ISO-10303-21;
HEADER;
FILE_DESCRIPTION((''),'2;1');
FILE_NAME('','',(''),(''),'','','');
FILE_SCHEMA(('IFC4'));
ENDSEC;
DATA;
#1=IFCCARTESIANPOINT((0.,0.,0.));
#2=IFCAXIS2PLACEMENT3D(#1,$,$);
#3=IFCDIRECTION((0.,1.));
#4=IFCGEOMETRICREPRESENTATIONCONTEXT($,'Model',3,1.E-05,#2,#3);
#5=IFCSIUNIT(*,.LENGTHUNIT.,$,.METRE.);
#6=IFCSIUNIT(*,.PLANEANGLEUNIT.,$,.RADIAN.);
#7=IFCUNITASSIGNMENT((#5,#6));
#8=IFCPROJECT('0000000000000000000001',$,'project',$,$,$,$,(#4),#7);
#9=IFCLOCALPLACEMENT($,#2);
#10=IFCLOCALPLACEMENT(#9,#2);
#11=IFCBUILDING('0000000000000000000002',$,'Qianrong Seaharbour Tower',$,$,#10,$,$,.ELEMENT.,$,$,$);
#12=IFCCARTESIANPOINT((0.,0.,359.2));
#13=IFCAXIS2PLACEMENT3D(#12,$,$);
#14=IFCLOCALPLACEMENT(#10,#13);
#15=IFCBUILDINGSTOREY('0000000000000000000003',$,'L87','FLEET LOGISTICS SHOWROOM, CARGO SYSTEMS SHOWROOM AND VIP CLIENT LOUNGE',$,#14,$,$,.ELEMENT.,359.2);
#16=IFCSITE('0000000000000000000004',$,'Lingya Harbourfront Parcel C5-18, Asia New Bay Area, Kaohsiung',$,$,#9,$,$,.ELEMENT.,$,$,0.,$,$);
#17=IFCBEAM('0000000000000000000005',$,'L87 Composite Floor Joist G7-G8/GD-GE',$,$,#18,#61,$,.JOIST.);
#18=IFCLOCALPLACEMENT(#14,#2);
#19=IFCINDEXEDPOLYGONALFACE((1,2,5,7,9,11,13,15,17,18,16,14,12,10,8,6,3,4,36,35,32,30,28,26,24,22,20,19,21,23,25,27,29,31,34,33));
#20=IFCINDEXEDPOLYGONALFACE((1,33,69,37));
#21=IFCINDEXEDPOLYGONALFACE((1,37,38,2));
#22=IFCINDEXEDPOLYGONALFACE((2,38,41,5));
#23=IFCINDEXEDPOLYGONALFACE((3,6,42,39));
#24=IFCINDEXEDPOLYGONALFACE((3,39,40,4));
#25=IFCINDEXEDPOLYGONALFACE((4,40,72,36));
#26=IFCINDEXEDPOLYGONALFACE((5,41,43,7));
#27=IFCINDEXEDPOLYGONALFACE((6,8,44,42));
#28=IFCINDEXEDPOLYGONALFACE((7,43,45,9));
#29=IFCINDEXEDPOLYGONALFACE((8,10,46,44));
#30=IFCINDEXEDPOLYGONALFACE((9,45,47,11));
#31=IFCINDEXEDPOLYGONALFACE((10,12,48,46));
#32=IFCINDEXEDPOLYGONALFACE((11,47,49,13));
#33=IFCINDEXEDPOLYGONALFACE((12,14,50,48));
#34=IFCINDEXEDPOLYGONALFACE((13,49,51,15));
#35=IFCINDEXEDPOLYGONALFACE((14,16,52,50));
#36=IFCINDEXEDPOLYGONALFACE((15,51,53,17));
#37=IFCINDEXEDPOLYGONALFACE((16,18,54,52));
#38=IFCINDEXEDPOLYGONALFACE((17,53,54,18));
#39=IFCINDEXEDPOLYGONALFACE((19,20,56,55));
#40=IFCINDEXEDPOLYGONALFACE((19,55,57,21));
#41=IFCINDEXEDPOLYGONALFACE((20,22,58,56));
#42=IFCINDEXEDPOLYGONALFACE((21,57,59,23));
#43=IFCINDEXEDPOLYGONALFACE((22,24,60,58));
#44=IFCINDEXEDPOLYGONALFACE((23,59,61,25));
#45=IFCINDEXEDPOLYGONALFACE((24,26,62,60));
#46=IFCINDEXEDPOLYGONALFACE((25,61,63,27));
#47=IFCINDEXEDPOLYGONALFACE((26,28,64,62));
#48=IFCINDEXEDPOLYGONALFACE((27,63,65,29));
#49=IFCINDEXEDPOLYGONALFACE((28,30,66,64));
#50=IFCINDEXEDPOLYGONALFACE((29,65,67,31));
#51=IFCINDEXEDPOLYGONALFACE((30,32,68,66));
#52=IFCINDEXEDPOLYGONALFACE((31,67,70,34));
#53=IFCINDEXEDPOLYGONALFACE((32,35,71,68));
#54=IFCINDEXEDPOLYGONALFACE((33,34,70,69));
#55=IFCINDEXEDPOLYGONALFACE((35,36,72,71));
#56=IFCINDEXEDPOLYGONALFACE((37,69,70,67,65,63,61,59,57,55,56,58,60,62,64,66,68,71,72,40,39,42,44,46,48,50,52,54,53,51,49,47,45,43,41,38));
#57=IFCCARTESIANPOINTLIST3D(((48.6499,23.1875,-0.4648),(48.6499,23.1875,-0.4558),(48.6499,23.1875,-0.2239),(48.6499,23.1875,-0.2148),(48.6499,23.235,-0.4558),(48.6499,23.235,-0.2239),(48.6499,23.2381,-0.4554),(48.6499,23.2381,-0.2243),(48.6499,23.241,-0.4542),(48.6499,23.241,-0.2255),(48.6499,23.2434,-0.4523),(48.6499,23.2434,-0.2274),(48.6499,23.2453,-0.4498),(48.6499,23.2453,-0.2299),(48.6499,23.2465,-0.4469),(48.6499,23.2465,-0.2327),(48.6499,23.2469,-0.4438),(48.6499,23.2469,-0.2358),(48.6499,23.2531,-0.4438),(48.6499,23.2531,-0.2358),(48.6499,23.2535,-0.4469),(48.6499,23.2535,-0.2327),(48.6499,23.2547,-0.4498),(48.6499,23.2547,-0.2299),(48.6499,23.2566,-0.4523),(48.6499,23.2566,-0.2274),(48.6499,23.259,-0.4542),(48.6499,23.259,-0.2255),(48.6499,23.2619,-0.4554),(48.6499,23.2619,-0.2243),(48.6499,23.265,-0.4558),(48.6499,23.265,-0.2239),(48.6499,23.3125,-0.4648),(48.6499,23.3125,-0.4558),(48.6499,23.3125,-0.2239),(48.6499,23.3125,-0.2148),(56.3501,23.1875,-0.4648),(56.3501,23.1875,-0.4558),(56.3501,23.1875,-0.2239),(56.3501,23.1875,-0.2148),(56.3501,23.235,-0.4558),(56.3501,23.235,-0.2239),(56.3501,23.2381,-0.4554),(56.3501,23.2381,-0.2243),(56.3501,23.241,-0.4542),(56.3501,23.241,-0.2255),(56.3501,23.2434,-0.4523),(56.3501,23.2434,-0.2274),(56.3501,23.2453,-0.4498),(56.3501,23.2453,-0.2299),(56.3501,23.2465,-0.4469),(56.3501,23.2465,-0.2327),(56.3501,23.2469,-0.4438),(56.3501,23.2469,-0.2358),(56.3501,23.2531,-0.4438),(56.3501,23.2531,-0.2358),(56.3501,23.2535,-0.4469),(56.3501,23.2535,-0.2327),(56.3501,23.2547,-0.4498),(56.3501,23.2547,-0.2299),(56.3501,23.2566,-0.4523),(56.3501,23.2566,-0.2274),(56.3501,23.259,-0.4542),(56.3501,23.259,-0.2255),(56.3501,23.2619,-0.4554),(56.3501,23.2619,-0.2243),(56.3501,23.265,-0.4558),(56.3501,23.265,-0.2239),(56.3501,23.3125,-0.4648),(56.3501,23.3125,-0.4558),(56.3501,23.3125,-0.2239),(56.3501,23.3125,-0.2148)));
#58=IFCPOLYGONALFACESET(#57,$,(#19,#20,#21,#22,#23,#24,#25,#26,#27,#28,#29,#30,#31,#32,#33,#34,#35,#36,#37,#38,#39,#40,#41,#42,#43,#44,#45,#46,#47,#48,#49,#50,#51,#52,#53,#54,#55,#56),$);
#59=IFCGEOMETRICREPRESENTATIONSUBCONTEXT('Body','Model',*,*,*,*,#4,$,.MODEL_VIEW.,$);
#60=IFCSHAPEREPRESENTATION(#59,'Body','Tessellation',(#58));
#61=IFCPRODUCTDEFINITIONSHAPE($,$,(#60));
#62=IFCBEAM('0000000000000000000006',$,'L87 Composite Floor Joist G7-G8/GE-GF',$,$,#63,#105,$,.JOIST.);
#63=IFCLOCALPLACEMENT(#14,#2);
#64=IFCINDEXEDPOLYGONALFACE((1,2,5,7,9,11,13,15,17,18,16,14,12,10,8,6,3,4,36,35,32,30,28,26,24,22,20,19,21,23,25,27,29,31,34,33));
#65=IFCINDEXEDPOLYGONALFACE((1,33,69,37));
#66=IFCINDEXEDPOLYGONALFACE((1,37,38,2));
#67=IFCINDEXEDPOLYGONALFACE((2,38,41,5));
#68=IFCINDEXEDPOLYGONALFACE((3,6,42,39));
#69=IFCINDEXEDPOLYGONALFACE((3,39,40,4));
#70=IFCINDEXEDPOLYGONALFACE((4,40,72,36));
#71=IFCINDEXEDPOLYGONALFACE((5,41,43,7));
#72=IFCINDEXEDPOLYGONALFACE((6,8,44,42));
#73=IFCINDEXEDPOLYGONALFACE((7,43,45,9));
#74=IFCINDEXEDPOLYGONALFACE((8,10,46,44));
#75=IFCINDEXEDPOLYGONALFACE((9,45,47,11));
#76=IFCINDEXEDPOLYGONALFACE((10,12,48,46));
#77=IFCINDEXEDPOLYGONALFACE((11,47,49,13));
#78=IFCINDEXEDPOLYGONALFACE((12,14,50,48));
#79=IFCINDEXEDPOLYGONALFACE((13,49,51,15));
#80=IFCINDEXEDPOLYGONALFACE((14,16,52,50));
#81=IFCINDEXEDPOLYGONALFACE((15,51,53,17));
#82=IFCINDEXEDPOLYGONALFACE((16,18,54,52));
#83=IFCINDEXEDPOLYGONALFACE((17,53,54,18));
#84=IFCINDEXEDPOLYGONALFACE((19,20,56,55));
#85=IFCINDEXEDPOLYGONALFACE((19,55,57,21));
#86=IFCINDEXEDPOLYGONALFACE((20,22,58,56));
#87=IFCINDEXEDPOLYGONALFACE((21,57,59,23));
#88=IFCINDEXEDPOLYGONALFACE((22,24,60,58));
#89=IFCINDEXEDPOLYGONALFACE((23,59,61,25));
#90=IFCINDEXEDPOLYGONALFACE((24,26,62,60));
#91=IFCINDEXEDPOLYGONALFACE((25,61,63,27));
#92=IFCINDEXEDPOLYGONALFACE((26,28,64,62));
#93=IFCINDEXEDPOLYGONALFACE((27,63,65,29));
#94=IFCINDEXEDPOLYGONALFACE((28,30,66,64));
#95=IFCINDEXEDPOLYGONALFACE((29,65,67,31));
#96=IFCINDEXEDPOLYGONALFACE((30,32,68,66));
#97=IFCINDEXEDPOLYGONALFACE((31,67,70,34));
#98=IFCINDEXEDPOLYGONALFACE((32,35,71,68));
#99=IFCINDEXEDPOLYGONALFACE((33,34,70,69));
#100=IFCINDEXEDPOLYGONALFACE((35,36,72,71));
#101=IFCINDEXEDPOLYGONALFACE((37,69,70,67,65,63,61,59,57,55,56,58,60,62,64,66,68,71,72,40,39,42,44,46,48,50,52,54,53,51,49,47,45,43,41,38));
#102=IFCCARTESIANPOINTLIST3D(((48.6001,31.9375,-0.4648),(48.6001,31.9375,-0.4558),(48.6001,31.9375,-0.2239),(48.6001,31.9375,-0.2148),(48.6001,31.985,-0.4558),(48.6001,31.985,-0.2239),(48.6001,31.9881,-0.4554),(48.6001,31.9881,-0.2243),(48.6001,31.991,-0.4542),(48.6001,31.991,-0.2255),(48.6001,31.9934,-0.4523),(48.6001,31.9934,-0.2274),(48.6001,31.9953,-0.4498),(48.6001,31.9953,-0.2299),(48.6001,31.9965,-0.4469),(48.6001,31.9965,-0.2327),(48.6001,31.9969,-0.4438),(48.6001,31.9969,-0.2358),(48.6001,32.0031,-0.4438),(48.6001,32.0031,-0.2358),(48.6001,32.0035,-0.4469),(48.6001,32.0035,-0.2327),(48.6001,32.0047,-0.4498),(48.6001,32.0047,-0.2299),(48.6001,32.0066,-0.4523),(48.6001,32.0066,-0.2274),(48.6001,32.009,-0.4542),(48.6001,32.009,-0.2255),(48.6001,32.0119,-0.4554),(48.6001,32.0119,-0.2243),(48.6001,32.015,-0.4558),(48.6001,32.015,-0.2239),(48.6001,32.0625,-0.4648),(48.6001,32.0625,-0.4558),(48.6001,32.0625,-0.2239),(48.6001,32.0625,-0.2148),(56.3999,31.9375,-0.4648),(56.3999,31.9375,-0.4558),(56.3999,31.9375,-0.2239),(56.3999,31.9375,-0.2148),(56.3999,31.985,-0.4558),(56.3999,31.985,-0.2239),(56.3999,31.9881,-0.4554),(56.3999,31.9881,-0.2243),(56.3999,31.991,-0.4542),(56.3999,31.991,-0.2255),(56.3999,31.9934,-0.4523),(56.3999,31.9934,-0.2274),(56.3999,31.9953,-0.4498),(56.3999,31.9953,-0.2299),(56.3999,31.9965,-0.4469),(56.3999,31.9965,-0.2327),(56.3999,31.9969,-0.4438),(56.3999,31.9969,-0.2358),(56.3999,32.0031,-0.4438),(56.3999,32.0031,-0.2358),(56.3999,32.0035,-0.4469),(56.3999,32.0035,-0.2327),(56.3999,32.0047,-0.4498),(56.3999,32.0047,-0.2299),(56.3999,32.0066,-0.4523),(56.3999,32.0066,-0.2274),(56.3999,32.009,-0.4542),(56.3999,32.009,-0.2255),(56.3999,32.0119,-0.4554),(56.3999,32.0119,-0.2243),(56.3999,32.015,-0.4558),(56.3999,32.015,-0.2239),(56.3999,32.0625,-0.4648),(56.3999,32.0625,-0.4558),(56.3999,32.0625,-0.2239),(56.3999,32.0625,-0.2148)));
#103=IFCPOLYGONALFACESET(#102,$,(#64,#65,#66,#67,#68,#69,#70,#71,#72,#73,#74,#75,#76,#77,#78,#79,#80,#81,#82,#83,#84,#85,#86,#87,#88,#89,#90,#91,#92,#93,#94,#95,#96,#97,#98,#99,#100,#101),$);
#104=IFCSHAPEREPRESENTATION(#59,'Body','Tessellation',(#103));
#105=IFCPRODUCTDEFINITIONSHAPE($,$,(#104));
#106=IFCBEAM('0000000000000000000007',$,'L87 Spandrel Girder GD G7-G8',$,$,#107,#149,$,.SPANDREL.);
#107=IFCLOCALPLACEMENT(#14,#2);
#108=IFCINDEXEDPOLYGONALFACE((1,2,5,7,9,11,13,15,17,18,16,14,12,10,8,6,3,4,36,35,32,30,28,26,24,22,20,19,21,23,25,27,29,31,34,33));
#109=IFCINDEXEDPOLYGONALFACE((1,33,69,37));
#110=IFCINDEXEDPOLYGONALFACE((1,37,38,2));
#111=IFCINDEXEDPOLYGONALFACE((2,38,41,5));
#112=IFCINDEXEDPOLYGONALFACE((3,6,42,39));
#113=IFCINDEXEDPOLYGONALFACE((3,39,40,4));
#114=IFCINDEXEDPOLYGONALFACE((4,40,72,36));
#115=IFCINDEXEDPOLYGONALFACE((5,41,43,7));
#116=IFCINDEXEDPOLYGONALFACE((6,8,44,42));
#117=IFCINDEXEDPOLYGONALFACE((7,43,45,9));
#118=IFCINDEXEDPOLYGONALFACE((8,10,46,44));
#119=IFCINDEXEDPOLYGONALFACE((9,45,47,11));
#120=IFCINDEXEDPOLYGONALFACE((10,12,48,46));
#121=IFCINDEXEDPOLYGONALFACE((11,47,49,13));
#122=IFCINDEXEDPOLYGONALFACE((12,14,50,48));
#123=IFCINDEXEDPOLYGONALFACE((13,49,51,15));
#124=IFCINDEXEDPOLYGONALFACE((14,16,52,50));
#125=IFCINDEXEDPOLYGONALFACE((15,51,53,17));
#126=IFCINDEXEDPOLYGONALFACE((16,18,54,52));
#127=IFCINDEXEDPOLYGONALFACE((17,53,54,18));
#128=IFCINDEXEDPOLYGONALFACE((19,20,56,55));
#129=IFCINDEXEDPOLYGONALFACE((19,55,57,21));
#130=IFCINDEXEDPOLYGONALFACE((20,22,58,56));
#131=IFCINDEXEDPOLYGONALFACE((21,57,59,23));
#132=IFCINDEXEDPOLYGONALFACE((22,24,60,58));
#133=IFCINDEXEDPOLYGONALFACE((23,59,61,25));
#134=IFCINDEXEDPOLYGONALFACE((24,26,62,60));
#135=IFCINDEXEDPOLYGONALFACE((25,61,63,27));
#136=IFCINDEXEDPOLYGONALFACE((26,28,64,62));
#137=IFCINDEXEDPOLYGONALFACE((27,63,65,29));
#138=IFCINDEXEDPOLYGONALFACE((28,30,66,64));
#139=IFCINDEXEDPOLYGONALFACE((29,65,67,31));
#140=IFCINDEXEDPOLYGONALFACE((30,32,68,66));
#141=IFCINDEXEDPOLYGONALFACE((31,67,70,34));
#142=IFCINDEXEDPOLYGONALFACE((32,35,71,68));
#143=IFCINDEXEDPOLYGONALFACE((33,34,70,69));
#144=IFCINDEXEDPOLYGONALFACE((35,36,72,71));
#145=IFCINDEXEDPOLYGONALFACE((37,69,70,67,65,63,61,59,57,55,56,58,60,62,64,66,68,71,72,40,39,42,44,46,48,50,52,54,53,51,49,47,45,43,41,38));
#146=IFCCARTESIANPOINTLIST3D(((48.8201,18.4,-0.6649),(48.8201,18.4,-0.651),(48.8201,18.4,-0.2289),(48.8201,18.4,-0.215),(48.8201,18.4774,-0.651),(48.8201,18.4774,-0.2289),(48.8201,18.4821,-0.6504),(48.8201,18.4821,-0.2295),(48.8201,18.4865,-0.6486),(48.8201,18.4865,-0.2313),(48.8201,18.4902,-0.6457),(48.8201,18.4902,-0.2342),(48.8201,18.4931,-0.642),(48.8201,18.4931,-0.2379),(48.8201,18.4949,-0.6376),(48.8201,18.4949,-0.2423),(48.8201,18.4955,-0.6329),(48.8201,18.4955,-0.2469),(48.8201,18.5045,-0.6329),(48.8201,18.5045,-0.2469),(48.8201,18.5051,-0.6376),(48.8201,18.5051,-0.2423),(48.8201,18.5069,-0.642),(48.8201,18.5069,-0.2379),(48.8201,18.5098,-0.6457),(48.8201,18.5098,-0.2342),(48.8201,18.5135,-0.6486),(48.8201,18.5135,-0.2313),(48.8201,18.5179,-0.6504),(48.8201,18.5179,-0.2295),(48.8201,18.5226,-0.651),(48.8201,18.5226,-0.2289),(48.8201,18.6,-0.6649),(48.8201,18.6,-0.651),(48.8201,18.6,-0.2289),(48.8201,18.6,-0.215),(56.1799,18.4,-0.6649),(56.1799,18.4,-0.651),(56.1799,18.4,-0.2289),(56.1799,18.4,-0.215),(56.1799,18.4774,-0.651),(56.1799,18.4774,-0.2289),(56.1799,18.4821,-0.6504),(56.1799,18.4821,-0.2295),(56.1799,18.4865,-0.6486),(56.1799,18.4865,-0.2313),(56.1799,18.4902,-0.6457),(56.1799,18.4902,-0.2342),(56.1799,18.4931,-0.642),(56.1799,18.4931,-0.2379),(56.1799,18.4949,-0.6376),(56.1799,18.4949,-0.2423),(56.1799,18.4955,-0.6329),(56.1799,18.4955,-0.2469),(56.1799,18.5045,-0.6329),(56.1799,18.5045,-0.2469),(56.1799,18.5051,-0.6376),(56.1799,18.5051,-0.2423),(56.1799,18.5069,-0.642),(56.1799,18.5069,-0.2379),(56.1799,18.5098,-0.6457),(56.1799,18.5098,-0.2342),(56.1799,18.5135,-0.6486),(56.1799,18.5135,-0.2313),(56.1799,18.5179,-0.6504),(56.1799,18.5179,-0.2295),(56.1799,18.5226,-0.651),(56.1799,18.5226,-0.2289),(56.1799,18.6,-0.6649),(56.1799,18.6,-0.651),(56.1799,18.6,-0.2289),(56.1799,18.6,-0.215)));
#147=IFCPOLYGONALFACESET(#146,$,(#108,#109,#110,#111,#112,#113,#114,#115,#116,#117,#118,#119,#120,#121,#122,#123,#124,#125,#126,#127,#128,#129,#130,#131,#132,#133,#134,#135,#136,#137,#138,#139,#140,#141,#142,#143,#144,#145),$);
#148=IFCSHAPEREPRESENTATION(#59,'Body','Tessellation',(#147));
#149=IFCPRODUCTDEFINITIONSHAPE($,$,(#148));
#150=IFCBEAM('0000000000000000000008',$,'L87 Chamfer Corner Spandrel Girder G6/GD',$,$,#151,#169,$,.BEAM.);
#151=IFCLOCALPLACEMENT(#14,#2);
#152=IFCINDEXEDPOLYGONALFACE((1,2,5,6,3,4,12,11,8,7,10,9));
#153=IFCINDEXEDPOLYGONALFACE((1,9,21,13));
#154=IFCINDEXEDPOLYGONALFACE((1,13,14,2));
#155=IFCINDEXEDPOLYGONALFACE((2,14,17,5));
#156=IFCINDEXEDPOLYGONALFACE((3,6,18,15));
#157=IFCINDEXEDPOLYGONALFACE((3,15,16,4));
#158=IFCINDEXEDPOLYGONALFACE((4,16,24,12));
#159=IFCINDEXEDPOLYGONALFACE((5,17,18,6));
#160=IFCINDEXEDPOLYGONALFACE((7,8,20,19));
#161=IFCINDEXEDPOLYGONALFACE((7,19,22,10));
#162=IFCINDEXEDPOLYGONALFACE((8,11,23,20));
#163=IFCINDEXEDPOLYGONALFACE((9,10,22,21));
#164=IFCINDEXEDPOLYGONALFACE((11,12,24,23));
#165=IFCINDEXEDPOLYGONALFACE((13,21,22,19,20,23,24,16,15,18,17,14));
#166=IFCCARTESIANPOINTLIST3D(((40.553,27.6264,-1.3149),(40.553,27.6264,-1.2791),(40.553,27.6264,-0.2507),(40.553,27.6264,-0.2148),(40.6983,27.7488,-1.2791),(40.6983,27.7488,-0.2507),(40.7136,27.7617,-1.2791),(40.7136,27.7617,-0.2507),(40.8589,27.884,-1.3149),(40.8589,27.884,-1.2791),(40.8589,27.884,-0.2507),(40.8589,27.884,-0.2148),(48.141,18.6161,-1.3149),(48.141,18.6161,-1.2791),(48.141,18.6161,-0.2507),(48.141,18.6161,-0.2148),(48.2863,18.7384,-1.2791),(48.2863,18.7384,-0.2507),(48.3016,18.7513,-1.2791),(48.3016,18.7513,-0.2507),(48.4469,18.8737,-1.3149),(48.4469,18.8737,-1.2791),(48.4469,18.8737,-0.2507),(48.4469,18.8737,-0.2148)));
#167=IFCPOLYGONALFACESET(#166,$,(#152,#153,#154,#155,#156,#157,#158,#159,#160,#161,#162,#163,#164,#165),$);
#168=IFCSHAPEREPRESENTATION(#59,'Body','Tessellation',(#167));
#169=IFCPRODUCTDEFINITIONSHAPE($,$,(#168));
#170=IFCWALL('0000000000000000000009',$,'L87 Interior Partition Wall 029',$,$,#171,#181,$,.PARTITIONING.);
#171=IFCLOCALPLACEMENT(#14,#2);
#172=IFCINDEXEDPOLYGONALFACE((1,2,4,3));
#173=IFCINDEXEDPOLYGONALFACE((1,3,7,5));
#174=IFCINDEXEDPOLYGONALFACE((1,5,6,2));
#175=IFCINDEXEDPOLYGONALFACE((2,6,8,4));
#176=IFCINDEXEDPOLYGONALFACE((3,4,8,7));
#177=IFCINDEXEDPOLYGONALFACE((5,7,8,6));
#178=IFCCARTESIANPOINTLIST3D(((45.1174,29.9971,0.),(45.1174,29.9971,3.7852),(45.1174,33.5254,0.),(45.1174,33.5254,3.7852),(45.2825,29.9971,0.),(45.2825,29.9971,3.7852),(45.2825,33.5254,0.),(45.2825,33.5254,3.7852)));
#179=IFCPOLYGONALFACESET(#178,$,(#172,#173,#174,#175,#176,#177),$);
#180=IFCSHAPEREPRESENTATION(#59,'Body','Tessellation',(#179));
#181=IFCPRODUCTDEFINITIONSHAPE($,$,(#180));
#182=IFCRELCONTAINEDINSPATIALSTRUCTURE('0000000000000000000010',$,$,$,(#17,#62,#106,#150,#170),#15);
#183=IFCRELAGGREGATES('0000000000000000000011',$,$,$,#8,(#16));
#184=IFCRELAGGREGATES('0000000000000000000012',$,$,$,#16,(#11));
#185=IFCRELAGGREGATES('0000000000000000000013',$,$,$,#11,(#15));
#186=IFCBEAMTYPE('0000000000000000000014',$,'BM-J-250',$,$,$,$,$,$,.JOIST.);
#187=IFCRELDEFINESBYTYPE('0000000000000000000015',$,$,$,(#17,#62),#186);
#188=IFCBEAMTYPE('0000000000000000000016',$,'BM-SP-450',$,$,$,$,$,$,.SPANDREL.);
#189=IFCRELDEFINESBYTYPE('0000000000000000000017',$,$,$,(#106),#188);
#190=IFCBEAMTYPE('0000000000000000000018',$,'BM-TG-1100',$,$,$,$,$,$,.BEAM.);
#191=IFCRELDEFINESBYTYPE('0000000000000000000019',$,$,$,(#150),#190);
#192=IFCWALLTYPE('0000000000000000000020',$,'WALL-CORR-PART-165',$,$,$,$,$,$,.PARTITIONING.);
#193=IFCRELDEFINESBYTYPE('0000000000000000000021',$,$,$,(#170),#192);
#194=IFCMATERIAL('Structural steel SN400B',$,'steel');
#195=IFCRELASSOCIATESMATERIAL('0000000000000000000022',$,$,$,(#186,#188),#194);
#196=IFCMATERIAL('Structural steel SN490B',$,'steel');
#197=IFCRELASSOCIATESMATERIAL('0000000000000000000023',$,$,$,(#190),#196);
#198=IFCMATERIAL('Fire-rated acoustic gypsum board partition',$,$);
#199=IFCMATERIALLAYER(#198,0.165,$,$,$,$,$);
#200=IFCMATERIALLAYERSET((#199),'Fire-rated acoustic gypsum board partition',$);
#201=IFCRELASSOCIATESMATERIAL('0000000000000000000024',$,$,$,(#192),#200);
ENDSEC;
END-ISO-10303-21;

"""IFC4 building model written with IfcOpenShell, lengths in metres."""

from ifc_helpers import new_model, si_unit, direction, frame, frame_2d, origin, origin_2d, place, context, subcontext, project, spatial, rectangle, i_section, extrude, material, layer, layer_set, material_profile, profile_set, type_object, element, save


model = new_model("IFC4")

# Units and contexts
model_context = context("Model", 3, precision=1e-05, world=origin(), true_north=direction((0.0, 1.0)))
body_context = subcontext(model_context, "Body", "Model", "MODEL_VIEW")
ifc_project = project(units=[si_unit("LENGTHUNIT", "METRE"), si_unit("PLANEANGLEUNIT", "RADIAN")], contexts=[model_context])

# Site, building, storey
site_placement = place(None, origin())
site = spatial("IfcSite", under=ifc_project, at=site_placement, Name="Lingya Harbourfront Parcel C5-18, Asia New Bay Area, Kaohsiung", CompositionType="ELEMENT", RefElevation=0.0)
building_placement = place(site_placement, origin())
building = spatial("IfcBuilding", under=site, at=building_placement, Name="Qianrong Seaharbour Tower", CompositionType="ELEMENT")
storey_placement = place(building_placement, frame((0.0, 0.0, 359.2)))
storey = spatial("IfcBuildingStorey", under=building, at=storey_placement, Name="L87", Description="FLEET LOGISTICS SHOWROOM, CARGO SYSTEMS SHOWROOM AND VIP CLIENT LOUNGE", CompositionType="ELEMENT", Elevation=359.2)

# Shared definitions
ifc_material_1 = material(Name="Structural steel SN400B", Category="steel")

# Beams
ifc_material_2 = material(Name="Structural steel SN490B", Category="steel")
ifc_material_profile_1 = material_profile(ifc_material_1, i_section(OverallWidth=0.125, OverallDepth=0.25, WebThickness=0.0061, FlangeThickness=0.009, FilletRadius=0.012, at=origin_2d()), Name="H250x125x6x9")
ifc_profile_set_1 = profile_set([ifc_material_profile_1], Name="Structural steel SN400B")
beam_type_1 = type_object("IfcBeamType", Name="BM-J-250", PredefinedType="JOIST", material=ifc_profile_set_1)
beam_1_placement = place(storey_placement, frame((48.6499, 23.25, -0.3398), z_axis=(1.0, 0.0, 0.0), x_axis=(0.0, 1.0, 0.0)))
element("IfcBeam", 1, at=beam_1_placement, inside=storey, type_object=beam_type_1, Name="L87 Composite Floor Joist G7-G8/GD-GE", PredefinedType="JOIST", context=body_context, shape_type="SweptSolid", body=[
    extrude(i_section(OverallWidth=0.125, OverallDepth=0.25, WebThickness=0.0061, FlangeThickness=0.009, FilletRadius=0.012, at=origin_2d()), origin(), (0.0, 0.0, 1.0), 7.7002),
])
beam_2_placement = place(storey_placement, frame((48.6001, 32.0, -0.3398), z_axis=(1.0, 0.0, 0.0), x_axis=(0.0, 1.0, 0.0)))
element("IfcBeam", 2, at=beam_2_placement, inside=storey, type_object=beam_type_1, Name="L87 Composite Floor Joist G7-G8/GE-GF", PredefinedType="JOIST", context=body_context, shape_type="SweptSolid", body=[
    extrude(i_section(OverallWidth=0.125, OverallDepth=0.25, WebThickness=0.0061, FlangeThickness=0.009, FilletRadius=0.012, at=origin_2d()), origin(), (0.0, 0.0, 1.0), 7.7998),
])
ifc_material_profile_2 = material_profile(ifc_material_1, i_section(OverallWidth=0.2, OverallDepth=0.45, WebThickness=0.009, FlangeThickness=0.0139, FilletRadius=0.0181, at=origin_2d()), Name="H450x200x9x14")
ifc_profile_set_2 = profile_set([ifc_material_profile_2], Name="Structural steel SN400B")
beam_type_2 = type_object("IfcBeamType", Name="BM-SP-450", PredefinedType="SPANDREL", material=ifc_profile_set_2)
beam_3_placement = place(storey_placement, frame((48.8201, 18.5, -0.4399), z_axis=(1.0, 0.0, 0.0), x_axis=(0.0, 1.0, 0.0)))
element("IfcBeam", 3, at=beam_3_placement, inside=storey, type_object=beam_type_2, Name="L87 Spandrel Girder GD G7-G8", PredefinedType="SPANDREL", context=body_context, shape_type="SweptSolid", body=[
    extrude(i_section(OverallWidth=0.2, OverallDepth=0.45, WebThickness=0.009, FlangeThickness=0.0139, FilletRadius=0.0181, at=origin_2d()), origin(), (0.0, 0.0, 1.0), 7.3599),
])
ifc_material_profile_3 = material_profile(ifc_material_2, i_section(OverallWidth=0.3999, OverallDepth=1.1001, WebThickness=0.02, FlangeThickness=0.0359, at=origin_2d()), Name="BH1100x400x20x36")
ifc_profile_set_3 = profile_set([ifc_material_profile_3], Name="Structural steel SN490B")
beam_type_3 = type_object("IfcBeamType", Name="BM-TG-1100", PredefinedType="BEAM", material=ifc_profile_set_3)
beam_4_placement = place(storey_placement, frame((48.2939, 18.7449, -0.7649), z_axis=(-0.644151, 0.764898, 0.0), x_axis=(-0.764898, -0.644151, 0.0)))
element("IfcBeam", 4, at=beam_4_placement, inside=storey, type_object=beam_type_3, Name="L87 Chamfer Corner Spandrel Girder G6/GD", PredefinedType="BEAM", context=body_context, shape_type="SweptSolid", body=[
    extrude(i_section(OverallWidth=0.3999, OverallDepth=1.1001, WebThickness=0.02, FlangeThickness=0.0359, at=origin_2d()), origin(), (0.0, 0.0, 1.0), 11.7798),
])

# Wall
ifc_material_3 = material(Name="Fire-rated acoustic gypsum board partition")
ifc_layer_1 = layer(ifc_material_3, 0.165)
ifc_layer_set_1 = layer_set([ifc_layer_1], Name="Fire-rated acoustic gypsum board partition")
wall_type_1 = type_object("IfcWallType", Name="WALL-CORR-PART-165", PredefinedType="PARTITIONING", material=ifc_layer_set_1)
wall_1_placement = place(storey_placement, frame((45.2, 33.5254, 0.0), z_axis=(0.0, 0.0, 1.0), x_axis=(0.0, -1.0, 0.0)))
element("IfcWall", 5, at=wall_1_placement, inside=storey, type_object=wall_type_1, Name="L87 Interior Partition Wall 029", PredefinedType="PARTITIONING", context=body_context, shape_type="SweptSolid", body=[
    extrude(rectangle(XDim=3.5283, YDim=0.165, at=frame_2d((1.7642, 0.0))), origin(), (0.0, 0.0, 1.0), 3.7852),
])

save(model, "model.ifc")
